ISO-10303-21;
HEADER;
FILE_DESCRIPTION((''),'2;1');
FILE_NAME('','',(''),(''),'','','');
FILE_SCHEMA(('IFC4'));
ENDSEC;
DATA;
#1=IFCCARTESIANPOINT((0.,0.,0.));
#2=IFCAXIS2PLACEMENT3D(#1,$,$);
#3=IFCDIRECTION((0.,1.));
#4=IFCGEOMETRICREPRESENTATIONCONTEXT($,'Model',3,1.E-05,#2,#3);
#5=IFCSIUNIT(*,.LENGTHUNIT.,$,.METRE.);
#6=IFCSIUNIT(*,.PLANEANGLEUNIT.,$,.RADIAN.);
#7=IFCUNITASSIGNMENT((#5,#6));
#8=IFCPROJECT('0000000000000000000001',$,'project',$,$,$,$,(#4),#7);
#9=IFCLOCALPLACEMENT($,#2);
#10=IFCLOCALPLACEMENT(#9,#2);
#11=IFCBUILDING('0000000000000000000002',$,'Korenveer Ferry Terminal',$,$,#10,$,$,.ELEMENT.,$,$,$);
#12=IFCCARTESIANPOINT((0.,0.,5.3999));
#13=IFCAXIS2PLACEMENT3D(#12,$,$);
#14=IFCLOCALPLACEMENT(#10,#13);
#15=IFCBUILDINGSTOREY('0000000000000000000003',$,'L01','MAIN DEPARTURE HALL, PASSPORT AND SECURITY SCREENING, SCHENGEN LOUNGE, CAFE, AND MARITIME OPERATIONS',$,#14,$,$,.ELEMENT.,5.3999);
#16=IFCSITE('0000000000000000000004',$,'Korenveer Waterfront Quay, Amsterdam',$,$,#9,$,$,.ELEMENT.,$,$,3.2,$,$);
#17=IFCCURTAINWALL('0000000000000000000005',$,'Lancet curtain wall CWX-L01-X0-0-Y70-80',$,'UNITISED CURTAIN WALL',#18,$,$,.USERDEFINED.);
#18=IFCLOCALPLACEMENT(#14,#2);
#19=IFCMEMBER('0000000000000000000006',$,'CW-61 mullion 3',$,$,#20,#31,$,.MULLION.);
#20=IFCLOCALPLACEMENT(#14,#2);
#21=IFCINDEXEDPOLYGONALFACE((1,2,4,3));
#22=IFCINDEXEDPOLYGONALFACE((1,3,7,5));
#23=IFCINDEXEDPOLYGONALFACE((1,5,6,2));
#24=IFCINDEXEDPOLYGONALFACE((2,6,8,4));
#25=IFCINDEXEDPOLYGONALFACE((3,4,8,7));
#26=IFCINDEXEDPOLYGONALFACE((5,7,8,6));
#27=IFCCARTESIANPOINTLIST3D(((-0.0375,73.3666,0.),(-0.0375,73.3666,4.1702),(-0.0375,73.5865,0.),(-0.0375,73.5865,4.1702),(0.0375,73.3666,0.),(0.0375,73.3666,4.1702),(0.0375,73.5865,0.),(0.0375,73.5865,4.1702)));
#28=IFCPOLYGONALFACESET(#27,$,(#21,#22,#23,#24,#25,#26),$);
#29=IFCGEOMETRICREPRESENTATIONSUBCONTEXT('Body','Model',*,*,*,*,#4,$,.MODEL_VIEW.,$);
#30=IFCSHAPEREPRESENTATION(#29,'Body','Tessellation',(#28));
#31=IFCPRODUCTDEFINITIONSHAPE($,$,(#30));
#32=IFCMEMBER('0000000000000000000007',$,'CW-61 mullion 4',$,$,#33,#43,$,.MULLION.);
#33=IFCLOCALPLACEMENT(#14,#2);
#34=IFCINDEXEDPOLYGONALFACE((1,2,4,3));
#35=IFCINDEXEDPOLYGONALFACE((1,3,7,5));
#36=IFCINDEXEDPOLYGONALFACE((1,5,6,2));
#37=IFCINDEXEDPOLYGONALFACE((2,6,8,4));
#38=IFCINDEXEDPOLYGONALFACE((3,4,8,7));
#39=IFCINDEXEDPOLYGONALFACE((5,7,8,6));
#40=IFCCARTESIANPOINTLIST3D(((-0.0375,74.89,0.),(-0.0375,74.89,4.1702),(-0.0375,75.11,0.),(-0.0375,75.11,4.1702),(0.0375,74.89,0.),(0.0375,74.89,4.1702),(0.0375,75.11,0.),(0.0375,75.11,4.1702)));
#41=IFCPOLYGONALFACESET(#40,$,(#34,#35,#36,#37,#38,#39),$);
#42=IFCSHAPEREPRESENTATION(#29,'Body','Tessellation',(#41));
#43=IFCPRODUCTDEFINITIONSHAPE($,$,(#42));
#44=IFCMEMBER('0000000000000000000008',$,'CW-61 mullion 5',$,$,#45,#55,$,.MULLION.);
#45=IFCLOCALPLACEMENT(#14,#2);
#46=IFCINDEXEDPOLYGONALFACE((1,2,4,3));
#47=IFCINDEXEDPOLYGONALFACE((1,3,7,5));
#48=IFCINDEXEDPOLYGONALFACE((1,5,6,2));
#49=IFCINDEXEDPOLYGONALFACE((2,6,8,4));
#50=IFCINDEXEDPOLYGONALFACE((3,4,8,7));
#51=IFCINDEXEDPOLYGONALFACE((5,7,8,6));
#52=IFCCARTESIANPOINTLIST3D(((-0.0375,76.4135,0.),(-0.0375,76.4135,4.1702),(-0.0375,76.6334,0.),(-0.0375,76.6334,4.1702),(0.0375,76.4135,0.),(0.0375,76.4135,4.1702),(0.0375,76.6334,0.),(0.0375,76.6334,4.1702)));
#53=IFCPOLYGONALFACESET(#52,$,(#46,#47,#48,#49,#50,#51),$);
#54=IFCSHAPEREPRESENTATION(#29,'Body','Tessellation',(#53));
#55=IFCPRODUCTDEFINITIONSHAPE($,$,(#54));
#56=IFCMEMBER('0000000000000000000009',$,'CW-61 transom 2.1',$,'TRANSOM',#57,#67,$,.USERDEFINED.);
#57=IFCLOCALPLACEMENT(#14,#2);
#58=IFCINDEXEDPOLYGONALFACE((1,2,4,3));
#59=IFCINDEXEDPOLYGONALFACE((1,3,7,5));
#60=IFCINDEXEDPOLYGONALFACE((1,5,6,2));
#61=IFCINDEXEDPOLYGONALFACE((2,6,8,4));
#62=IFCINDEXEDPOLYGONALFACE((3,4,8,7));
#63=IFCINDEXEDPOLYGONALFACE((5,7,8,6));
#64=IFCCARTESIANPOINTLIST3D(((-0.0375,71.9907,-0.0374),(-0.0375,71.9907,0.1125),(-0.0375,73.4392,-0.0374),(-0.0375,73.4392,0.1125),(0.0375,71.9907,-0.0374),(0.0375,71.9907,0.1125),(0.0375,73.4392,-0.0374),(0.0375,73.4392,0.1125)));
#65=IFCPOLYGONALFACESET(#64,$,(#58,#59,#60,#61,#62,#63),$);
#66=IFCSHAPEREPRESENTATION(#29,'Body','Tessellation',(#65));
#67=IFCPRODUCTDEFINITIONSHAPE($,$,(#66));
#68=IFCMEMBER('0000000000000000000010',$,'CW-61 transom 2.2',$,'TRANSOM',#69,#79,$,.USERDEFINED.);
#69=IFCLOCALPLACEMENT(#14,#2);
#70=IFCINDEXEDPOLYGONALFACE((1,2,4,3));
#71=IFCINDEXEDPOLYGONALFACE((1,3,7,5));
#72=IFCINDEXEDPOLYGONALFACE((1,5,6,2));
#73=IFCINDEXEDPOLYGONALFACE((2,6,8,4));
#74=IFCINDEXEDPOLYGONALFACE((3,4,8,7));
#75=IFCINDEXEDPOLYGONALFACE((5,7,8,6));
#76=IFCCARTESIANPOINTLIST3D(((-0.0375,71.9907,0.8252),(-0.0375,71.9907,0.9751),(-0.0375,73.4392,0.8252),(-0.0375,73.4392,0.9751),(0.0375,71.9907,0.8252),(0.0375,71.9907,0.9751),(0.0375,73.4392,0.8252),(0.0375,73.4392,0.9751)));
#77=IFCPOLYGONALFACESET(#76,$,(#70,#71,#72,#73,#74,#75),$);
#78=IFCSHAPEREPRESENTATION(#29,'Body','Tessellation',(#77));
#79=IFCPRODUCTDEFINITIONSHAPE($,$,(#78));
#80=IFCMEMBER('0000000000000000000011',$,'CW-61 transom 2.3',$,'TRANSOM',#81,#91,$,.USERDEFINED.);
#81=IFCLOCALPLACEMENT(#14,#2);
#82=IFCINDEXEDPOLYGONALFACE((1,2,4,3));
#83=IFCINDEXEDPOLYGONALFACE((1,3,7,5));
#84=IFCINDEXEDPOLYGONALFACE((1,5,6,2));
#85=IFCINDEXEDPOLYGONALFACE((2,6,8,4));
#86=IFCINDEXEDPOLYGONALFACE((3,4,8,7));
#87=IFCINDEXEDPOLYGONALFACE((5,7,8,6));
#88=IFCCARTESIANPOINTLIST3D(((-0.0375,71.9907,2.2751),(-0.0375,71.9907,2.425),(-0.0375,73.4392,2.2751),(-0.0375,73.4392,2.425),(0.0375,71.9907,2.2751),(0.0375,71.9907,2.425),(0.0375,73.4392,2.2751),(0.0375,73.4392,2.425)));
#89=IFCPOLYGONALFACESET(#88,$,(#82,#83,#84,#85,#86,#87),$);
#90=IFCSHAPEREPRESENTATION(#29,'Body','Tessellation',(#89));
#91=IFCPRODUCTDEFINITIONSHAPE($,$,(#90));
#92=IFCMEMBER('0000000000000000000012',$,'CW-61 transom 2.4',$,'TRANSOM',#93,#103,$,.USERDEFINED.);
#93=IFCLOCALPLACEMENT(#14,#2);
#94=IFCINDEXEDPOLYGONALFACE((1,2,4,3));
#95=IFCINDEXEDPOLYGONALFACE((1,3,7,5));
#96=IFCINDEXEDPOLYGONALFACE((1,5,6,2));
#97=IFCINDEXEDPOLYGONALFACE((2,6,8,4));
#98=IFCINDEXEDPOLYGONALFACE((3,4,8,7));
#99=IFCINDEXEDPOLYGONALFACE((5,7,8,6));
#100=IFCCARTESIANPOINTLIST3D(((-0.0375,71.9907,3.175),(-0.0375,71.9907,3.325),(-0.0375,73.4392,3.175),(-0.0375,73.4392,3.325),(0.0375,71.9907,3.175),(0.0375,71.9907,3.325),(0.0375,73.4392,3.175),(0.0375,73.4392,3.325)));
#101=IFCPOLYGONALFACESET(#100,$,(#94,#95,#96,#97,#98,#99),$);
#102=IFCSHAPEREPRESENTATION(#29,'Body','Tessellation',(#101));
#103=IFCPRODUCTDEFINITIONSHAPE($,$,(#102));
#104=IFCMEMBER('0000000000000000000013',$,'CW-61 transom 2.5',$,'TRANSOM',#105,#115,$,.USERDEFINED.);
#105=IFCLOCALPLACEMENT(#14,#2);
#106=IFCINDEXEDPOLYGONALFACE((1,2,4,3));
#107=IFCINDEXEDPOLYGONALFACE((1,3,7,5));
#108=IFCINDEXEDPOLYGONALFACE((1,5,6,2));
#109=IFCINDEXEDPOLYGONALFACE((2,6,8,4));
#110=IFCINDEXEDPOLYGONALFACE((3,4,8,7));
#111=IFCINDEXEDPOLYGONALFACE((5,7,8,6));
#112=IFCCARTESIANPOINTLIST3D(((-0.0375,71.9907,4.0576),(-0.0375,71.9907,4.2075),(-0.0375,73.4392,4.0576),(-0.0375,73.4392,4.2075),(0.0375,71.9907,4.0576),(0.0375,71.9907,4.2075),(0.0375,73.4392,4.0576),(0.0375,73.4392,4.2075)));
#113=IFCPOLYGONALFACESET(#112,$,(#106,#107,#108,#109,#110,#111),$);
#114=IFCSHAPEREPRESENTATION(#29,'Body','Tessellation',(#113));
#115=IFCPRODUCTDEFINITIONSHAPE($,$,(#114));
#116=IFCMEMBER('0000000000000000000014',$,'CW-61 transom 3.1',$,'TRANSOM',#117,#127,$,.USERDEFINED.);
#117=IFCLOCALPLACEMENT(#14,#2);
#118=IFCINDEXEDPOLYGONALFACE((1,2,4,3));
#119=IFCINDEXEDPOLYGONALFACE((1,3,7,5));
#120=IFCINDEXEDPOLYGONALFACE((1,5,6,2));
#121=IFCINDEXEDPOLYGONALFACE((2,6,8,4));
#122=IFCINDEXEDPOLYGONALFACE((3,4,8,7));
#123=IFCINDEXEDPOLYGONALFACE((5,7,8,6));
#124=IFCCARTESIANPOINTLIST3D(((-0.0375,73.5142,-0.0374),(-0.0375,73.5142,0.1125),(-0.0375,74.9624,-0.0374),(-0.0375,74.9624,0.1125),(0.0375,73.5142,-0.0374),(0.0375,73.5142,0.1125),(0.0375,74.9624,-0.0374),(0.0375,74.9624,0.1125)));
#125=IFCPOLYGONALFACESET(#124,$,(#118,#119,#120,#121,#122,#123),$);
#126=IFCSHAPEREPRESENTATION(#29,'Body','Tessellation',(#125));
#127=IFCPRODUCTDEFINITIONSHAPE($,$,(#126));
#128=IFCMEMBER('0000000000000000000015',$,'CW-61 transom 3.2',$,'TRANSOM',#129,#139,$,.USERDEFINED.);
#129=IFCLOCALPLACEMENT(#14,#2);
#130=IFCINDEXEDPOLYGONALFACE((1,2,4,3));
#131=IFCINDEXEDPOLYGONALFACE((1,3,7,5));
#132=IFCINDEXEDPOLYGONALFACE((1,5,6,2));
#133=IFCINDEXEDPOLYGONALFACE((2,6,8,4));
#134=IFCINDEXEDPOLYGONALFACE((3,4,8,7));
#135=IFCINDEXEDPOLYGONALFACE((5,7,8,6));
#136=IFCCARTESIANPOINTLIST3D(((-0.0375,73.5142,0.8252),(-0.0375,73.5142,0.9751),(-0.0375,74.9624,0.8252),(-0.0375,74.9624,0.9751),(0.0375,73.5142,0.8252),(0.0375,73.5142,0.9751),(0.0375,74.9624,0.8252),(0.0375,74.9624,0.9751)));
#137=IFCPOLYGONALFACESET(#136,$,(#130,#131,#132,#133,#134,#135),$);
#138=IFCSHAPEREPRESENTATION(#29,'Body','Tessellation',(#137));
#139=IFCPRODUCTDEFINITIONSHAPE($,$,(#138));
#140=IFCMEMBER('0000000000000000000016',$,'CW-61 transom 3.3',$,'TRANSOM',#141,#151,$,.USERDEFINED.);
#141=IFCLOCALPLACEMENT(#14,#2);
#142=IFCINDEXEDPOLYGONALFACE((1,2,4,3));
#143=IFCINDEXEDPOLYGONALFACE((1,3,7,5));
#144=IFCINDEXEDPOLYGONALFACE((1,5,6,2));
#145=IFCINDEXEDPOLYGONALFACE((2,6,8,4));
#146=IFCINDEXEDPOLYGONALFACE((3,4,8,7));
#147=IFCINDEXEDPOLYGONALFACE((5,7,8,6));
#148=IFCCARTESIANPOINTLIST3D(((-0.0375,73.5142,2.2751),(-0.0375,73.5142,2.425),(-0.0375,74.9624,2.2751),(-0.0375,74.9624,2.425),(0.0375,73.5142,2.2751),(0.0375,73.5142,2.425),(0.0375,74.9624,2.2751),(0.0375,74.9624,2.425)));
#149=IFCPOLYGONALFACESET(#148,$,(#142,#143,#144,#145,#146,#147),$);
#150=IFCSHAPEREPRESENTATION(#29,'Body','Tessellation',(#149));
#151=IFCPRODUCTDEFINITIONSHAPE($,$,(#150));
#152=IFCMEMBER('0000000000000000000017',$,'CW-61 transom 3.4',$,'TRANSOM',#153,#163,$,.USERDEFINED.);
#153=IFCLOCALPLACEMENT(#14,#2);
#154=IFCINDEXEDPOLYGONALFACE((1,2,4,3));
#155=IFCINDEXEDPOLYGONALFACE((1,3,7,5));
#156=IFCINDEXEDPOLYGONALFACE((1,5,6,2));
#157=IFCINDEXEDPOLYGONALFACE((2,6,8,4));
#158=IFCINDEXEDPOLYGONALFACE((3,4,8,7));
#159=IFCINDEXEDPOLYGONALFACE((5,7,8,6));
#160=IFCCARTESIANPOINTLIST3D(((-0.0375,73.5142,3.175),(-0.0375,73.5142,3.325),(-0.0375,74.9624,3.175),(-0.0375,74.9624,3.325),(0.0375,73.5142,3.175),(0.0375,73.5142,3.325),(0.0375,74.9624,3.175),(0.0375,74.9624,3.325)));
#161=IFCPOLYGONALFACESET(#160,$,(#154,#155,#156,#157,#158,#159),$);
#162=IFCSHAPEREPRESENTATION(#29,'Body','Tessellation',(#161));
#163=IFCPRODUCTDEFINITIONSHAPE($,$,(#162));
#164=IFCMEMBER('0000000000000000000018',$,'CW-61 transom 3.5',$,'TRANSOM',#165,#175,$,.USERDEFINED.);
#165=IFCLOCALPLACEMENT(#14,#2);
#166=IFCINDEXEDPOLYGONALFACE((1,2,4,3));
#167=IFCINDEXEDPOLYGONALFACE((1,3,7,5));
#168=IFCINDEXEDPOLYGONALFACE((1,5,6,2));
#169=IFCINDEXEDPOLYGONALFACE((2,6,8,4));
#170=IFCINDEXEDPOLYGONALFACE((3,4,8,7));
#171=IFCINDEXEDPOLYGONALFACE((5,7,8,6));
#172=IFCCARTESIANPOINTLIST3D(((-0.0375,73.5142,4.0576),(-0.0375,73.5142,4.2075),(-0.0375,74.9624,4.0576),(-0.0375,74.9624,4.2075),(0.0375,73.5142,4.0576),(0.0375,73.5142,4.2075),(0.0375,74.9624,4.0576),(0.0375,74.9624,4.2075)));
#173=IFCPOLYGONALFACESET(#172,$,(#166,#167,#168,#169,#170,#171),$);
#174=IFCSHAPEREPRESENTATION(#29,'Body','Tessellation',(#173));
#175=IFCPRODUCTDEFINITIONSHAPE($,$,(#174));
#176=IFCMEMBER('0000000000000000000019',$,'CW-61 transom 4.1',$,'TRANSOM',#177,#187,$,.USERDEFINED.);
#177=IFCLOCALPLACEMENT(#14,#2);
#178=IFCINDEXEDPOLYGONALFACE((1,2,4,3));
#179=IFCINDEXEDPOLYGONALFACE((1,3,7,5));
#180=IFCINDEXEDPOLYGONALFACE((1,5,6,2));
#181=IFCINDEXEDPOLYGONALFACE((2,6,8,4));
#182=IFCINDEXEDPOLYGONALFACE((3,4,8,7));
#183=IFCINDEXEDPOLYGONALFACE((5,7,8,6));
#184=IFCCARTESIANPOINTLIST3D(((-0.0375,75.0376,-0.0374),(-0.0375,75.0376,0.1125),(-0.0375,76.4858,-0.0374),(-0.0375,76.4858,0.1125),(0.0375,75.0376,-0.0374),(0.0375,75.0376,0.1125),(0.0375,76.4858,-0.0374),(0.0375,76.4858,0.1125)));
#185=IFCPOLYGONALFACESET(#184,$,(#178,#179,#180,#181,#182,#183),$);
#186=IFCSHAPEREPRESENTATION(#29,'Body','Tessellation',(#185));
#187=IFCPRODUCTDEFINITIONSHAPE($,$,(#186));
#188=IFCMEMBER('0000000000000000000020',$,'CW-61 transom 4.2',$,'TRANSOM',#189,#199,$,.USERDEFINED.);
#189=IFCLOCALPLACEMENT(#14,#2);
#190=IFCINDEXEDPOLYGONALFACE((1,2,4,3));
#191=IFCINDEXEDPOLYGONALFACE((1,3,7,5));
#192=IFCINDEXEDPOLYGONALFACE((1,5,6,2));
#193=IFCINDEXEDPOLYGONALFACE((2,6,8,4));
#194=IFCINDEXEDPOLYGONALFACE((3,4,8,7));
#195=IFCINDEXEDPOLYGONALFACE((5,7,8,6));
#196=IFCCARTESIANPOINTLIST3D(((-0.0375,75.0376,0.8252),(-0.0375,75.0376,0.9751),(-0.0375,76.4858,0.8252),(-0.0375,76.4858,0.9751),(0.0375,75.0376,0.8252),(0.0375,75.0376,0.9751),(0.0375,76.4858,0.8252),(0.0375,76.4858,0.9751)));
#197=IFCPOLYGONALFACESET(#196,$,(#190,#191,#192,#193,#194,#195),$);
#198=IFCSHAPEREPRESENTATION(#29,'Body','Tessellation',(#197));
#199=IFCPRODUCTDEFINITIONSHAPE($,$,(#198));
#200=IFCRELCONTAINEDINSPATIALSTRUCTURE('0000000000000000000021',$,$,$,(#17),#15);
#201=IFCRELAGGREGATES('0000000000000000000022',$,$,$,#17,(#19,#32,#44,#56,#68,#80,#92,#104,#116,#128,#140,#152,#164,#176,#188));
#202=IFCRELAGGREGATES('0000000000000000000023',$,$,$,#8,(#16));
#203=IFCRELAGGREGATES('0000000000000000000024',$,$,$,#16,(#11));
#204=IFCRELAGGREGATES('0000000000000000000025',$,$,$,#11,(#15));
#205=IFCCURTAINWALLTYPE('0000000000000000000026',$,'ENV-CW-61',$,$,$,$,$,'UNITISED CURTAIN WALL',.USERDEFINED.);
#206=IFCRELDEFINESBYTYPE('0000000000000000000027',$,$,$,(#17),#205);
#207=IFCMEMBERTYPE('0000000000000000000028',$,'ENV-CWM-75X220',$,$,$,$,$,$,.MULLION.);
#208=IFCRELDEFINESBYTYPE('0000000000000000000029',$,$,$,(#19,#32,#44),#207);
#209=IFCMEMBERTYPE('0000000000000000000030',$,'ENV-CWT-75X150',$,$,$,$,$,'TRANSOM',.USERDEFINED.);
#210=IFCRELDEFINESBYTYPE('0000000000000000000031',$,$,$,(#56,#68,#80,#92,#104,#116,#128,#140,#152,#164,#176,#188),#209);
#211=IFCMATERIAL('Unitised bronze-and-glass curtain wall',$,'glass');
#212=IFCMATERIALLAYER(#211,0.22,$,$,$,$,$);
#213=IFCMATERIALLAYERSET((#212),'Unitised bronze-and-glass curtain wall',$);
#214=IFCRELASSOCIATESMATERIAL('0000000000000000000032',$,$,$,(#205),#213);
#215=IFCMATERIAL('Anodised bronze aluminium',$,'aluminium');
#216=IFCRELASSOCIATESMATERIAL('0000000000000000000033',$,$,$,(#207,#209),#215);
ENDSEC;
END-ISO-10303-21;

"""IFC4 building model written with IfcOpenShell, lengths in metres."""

from ifc_helpers import new_model, si_unit, direction, frame, origin, origin_2d, place, context, subcontext, project, spatial, rectangle, extrude, material, layer, layer_set, material_profile, profile_set, type_object, element, aggregate, save


model = new_model("IFC4")

# Units and contexts
model_context = context("Model", 3, precision=1e-05, world=origin(), true_north=direction((0.0, 1.0)))
body_context = subcontext(model_context, "Body", "Model", "MODEL_VIEW")
ifc_project = project(units=[si_unit("LENGTHUNIT", "METRE"), si_unit("PLANEANGLEUNIT", "RADIAN")], contexts=[model_context])

# Site, building, storey
site_placement = place(None, origin())
site = spatial("IfcSite", under=ifc_project, at=site_placement, Name="Korenveer Waterfront Quay, Amsterdam", CompositionType="ELEMENT", RefElevation=3.2)
building_placement = place(site_placement, origin())
building = spatial("IfcBuilding", under=site, at=building_placement, Name="Korenveer Ferry Terminal", CompositionType="ELEMENT")
storey_placement = place(building_placement, frame((0.0, 0.0, 5.3999)))
storey = spatial("IfcBuildingStorey", under=building, at=storey_placement, Name="L01", Description="MAIN DEPARTURE HALL, PASSPORT AND SECURITY SCREENING, SCHENGEN LOUNGE, CAFE, AND MARITIME OPERATIONS", CompositionType="ELEMENT", Elevation=5.3999)

# Curtain wall, members
ifc_material_1 = material(Name="Unitised bronze-and-glass curtain wall", Category="glass")
ifc_layer_1 = layer(ifc_material_1, 0.22)
ifc_layer_set_1 = layer_set([ifc_layer_1], Name="Unitised bronze-and-glass curtain wall")
curtain_wall_type = type_object("IfcCurtainWallType", Name="ENV-CW-61", ElementType="UNITISED CURTAIN WALL", PredefinedType="USERDEFINED", material=ifc_layer_set_1)
curtain_wall_placement = place(storey_placement, frame((0.0, 70.4299, 0.0)))
curtain_wall = element("IfcCurtainWall", 1, at=curtain_wall_placement, inside=storey, type_object=curtain_wall_type, Name="Lancet curtain wall CWX-L01-X0-0-Y70-80", ObjectType="UNITISED CURTAIN WALL", PredefinedType="USERDEFINED")
ifc_material_2 = material(Name="Anodised bronze aluminium", Category="aluminium")
ifc_material_profile_1 = material_profile(ifc_material_2, rectangle(XDim=0.075, YDim=0.22, at=origin_2d()), Name="ALU 75x220")
ifc_profile_set_1 = profile_set([ifc_material_profile_1], Name="Anodised bronze aluminium")
member_type_1 = type_object("IfcMemberType", Name="ENV-CWM-75X220", PredefinedType="MULLION", material=ifc_profile_set_1)
member_1_placement = place(storey_placement, frame((0.0, 73.4766, 0.0), z_axis=(0.0, 0.0, 1.0), x_axis=(-1.0, 0.0, 0.0)))
member_1 = element("IfcMember", 2, at=member_1_placement, type_object=member_type_1, Name="CW-61 mullion 3", PredefinedType="MULLION", context=body_context, shape_type="SweptSolid", body=[
    extrude(rectangle(XDim=0.075, YDim=0.22, at=origin_2d()), origin(), (0.0, 0.0, 1.0), 4.1702),
])
member_2_placement = place(storey_placement, frame((0.0, 75.0, 0.0), z_axis=(0.0, 0.0, 1.0), x_axis=(-1.0, 0.0, 0.0)))
member_2 = element("IfcMember", 3, at=member_2_placement, type_object=member_type_1, Name="CW-61 mullion 4", PredefinedType="MULLION", context=body_context, shape_type="SweptSolid", body=[
    extrude(rectangle(XDim=0.075, YDim=0.22, at=origin_2d()), origin(), (0.0, 0.0, 1.0), 4.1702),
])
member_3_placement = place(storey_placement, frame((0.0, 76.5234, 0.0), z_axis=(0.0, 0.0, 1.0), x_axis=(-1.0, 0.0, 0.0)))
member_3 = element("IfcMember", 4, at=member_3_placement, type_object=member_type_1, Name="CW-61 mullion 5", PredefinedType="MULLION", context=body_context, shape_type="SweptSolid", body=[
    extrude(rectangle(XDim=0.075, YDim=0.22, at=origin_2d()), origin(), (0.0, 0.0, 1.0), 4.1702),
])
ifc_material_profile_2 = material_profile(ifc_material_2, rectangle(XDim=0.075, YDim=0.1499, at=origin_2d()), Name="ALU 75x150")
ifc_profile_set_2 = profile_set([ifc_material_profile_2], Name="Anodised bronze aluminium")
member_type_2 = type_object("IfcMemberType", Name="ENV-CWT-75X150", ElementType="TRANSOM", PredefinedType="USERDEFINED", material=ifc_profile_set_2)
member_4_placement = place(storey_placement, frame((0.0, 71.9907, 0.0376), z_axis=(0.0, 1.0, 0.0), x_axis=(-1.0, 0.0, 0.0)))
member_4 = element("IfcMember", 5, at=member_4_placement, type_object=member_type_2, Name="CW-61 transom 2.1", ObjectType="TRANSOM", PredefinedType="USERDEFINED", context=body_context, shape_type="SweptSolid", body=[
    extrude(rectangle(XDim=0.075, YDim=0.1499, at=origin_2d()), origin(), (0.0, 0.0, 1.0), 1.4485),
])
member_5_placement = place(storey_placement, frame((0.0, 71.9907, 0.9001), z_axis=(0.0, 1.0, 0.0), x_axis=(-1.0, 0.0, 0.0)))
member_5 = element("IfcMember", 6, at=member_5_placement, type_object=member_type_2, Name="CW-61 transom 2.2", ObjectType="TRANSOM", PredefinedType="USERDEFINED", context=body_context, shape_type="SweptSolid", body=[
    extrude(rectangle(XDim=0.075, YDim=0.1499, at=origin_2d()), origin(), (0.0, 0.0, 1.0), 1.4485),
])
member_6_placement = place(storey_placement, frame((0.0, 71.9907, 2.3501), z_axis=(0.0, 1.0, 0.0), x_axis=(-1.0, 0.0, 0.0)))
member_6 = element("IfcMember", 7, at=member_6_placement, type_object=member_type_2, Name="CW-61 transom 2.3", ObjectType="TRANSOM", PredefinedType="USERDEFINED", context=body_context, shape_type="SweptSolid", body=[
    extrude(rectangle(XDim=0.075, YDim=0.1499, at=origin_2d()), origin(), (0.0, 0.0, 1.0), 1.4485),
])
member_7_placement = place(storey_placement, frame((0.0, 71.9907, 3.25), z_axis=(0.0, 1.0, 0.0), x_axis=(-1.0, 0.0, 0.0)))
member_7 = element("IfcMember", 8, at=member_7_placement, type_object=member_type_2, Name="CW-61 transom 2.4", ObjectType="TRANSOM", PredefinedType="USERDEFINED", context=body_context, shape_type="SweptSolid", body=[
    extrude(rectangle(XDim=0.075, YDim=0.1499, at=origin_2d()), origin(), (0.0, 0.0, 1.0), 1.4485),
])
member_8_placement = place(storey_placement, frame((0.0, 71.9907, 4.1326), z_axis=(0.0, 1.0, 0.0), x_axis=(-1.0, 0.0, 0.0)))
member_8 = element("IfcMember", 9, at=member_8_placement, type_object=member_type_2, Name="CW-61 transom 2.5", ObjectType="TRANSOM", PredefinedType="USERDEFINED", context=body_context, shape_type="SweptSolid", body=[
    extrude(rectangle(XDim=0.075, YDim=0.1499, at=origin_2d()), origin(), (0.0, 0.0, 1.0), 1.4485),
])
member_9_placement = place(storey_placement, frame((0.0, 73.5142, 0.0376), z_axis=(0.0, 1.0, 0.0), x_axis=(-1.0, 0.0, 0.0)))
member_9 = element("IfcMember", 10, at=member_9_placement, type_object=member_type_2, Name="CW-61 transom 3.1", ObjectType="TRANSOM", PredefinedType="USERDEFINED", context=body_context, shape_type="SweptSolid", body=[
    extrude(rectangle(XDim=0.075, YDim=0.1499, at=origin_2d()), origin(), (0.0, 0.0, 1.0), 1.4482),
])
member_10_placement = place(storey_placement, frame((0.0, 73.5142, 0.9001), z_axis=(0.0, 1.0, 0.0), x_axis=(-1.0, 0.0, 0.0)))
member_10 = element("IfcMember", 11, at=member_10_placement, type_object=member_type_2, Name="CW-61 transom 3.2", ObjectType="TRANSOM", PredefinedType="USERDEFINED", context=body_context, shape_type="SweptSolid", body=[
    extrude(rectangle(XDim=0.075, YDim=0.1499, at=origin_2d()), origin(), (0.0, 0.0, 1.0), 1.4482),
])
member_11_placement = place(storey_placement, frame((0.0, 73.5142, 2.3501), z_axis=(0.0, 1.0, 0.0), x_axis=(-1.0, 0.0, 0.0)))
member_11 = element("IfcMember", 12, at=member_11_placement, type_object=member_type_2, Name="CW-61 transom 3.3", ObjectType="TRANSOM", PredefinedType="USERDEFINED", context=body_context, shape_type="SweptSolid", body=[
    extrude(rectangle(XDim=0.075, YDim=0.1499, at=origin_2d()), origin(), (0.0, 0.0, 1.0), 1.4482),
])
member_12_placement = place(storey_placement, frame((0.0, 73.5142, 3.25), z_axis=(0.0, 1.0, 0.0), x_axis=(-1.0, 0.0, 0.0)))
member_12 = element("IfcMember", 13, at=member_12_placement, type_object=member_type_2, Name="CW-61 transom 3.4", ObjectType="TRANSOM", PredefinedType="USERDEFINED", context=body_context, shape_type="SweptSolid", body=[
    extrude(rectangle(XDim=0.075, YDim=0.1499, at=origin_2d()), origin(), (0.0, 0.0, 1.0), 1.4482),
])
member_13_placement = place(storey_placement, frame((0.0, 73.5142, 4.1326), z_axis=(0.0, 1.0, 0.0), x_axis=(-1.0, 0.0, 0.0)))
member_13 = element("IfcMember", 14, at=member_13_placement, type_object=member_type_2, Name="CW-61 transom 3.5", ObjectType="TRANSOM", PredefinedType="USERDEFINED", context=body_context, shape_type="SweptSolid", body=[
    extrude(rectangle(XDim=0.075, YDim=0.1499, at=origin_2d()), origin(), (0.0, 0.0, 1.0), 1.4482),
])
member_14_placement = place(storey_placement, frame((0.0, 75.0376, 0.0376), z_axis=(0.0, 1.0, 0.0), x_axis=(-1.0, 0.0, 0.0)))
member_14 = element("IfcMember", 15, at=member_14_placement, type_object=member_type_2, Name="CW-61 transom 4.1", ObjectType="TRANSOM", PredefinedType="USERDEFINED", context=body_context, shape_type="SweptSolid", body=[
    extrude(rectangle(XDim=0.075, YDim=0.1499, at=origin_2d()), origin(), (0.0, 0.0, 1.0), 1.4482),
])
member_15_placement = place(storey_placement, frame((0.0, 75.0376, 0.9001), z_axis=(0.0, 1.0, 0.0), x_axis=(-1.0, 0.0, 0.0)))
member_15 = element("IfcMember", 16, at=member_15_placement, type_object=member_type_2, Name="CW-61 transom 4.2", ObjectType="TRANSOM", PredefinedType="USERDEFINED", context=body_context, shape_type="SweptSolid", body=[
    extrude(rectangle(XDim=0.075, YDim=0.1499, at=origin_2d()), origin(), (0.0, 0.0, 1.0), 1.4482),
])
aggregate(curtain_wall, [member_1, member_2, member_3, member_4, member_5, member_6, member_7, member_8, member_9, member_10, member_11, member_12, member_13, member_14, member_15])

save(model, "model.ifc")
